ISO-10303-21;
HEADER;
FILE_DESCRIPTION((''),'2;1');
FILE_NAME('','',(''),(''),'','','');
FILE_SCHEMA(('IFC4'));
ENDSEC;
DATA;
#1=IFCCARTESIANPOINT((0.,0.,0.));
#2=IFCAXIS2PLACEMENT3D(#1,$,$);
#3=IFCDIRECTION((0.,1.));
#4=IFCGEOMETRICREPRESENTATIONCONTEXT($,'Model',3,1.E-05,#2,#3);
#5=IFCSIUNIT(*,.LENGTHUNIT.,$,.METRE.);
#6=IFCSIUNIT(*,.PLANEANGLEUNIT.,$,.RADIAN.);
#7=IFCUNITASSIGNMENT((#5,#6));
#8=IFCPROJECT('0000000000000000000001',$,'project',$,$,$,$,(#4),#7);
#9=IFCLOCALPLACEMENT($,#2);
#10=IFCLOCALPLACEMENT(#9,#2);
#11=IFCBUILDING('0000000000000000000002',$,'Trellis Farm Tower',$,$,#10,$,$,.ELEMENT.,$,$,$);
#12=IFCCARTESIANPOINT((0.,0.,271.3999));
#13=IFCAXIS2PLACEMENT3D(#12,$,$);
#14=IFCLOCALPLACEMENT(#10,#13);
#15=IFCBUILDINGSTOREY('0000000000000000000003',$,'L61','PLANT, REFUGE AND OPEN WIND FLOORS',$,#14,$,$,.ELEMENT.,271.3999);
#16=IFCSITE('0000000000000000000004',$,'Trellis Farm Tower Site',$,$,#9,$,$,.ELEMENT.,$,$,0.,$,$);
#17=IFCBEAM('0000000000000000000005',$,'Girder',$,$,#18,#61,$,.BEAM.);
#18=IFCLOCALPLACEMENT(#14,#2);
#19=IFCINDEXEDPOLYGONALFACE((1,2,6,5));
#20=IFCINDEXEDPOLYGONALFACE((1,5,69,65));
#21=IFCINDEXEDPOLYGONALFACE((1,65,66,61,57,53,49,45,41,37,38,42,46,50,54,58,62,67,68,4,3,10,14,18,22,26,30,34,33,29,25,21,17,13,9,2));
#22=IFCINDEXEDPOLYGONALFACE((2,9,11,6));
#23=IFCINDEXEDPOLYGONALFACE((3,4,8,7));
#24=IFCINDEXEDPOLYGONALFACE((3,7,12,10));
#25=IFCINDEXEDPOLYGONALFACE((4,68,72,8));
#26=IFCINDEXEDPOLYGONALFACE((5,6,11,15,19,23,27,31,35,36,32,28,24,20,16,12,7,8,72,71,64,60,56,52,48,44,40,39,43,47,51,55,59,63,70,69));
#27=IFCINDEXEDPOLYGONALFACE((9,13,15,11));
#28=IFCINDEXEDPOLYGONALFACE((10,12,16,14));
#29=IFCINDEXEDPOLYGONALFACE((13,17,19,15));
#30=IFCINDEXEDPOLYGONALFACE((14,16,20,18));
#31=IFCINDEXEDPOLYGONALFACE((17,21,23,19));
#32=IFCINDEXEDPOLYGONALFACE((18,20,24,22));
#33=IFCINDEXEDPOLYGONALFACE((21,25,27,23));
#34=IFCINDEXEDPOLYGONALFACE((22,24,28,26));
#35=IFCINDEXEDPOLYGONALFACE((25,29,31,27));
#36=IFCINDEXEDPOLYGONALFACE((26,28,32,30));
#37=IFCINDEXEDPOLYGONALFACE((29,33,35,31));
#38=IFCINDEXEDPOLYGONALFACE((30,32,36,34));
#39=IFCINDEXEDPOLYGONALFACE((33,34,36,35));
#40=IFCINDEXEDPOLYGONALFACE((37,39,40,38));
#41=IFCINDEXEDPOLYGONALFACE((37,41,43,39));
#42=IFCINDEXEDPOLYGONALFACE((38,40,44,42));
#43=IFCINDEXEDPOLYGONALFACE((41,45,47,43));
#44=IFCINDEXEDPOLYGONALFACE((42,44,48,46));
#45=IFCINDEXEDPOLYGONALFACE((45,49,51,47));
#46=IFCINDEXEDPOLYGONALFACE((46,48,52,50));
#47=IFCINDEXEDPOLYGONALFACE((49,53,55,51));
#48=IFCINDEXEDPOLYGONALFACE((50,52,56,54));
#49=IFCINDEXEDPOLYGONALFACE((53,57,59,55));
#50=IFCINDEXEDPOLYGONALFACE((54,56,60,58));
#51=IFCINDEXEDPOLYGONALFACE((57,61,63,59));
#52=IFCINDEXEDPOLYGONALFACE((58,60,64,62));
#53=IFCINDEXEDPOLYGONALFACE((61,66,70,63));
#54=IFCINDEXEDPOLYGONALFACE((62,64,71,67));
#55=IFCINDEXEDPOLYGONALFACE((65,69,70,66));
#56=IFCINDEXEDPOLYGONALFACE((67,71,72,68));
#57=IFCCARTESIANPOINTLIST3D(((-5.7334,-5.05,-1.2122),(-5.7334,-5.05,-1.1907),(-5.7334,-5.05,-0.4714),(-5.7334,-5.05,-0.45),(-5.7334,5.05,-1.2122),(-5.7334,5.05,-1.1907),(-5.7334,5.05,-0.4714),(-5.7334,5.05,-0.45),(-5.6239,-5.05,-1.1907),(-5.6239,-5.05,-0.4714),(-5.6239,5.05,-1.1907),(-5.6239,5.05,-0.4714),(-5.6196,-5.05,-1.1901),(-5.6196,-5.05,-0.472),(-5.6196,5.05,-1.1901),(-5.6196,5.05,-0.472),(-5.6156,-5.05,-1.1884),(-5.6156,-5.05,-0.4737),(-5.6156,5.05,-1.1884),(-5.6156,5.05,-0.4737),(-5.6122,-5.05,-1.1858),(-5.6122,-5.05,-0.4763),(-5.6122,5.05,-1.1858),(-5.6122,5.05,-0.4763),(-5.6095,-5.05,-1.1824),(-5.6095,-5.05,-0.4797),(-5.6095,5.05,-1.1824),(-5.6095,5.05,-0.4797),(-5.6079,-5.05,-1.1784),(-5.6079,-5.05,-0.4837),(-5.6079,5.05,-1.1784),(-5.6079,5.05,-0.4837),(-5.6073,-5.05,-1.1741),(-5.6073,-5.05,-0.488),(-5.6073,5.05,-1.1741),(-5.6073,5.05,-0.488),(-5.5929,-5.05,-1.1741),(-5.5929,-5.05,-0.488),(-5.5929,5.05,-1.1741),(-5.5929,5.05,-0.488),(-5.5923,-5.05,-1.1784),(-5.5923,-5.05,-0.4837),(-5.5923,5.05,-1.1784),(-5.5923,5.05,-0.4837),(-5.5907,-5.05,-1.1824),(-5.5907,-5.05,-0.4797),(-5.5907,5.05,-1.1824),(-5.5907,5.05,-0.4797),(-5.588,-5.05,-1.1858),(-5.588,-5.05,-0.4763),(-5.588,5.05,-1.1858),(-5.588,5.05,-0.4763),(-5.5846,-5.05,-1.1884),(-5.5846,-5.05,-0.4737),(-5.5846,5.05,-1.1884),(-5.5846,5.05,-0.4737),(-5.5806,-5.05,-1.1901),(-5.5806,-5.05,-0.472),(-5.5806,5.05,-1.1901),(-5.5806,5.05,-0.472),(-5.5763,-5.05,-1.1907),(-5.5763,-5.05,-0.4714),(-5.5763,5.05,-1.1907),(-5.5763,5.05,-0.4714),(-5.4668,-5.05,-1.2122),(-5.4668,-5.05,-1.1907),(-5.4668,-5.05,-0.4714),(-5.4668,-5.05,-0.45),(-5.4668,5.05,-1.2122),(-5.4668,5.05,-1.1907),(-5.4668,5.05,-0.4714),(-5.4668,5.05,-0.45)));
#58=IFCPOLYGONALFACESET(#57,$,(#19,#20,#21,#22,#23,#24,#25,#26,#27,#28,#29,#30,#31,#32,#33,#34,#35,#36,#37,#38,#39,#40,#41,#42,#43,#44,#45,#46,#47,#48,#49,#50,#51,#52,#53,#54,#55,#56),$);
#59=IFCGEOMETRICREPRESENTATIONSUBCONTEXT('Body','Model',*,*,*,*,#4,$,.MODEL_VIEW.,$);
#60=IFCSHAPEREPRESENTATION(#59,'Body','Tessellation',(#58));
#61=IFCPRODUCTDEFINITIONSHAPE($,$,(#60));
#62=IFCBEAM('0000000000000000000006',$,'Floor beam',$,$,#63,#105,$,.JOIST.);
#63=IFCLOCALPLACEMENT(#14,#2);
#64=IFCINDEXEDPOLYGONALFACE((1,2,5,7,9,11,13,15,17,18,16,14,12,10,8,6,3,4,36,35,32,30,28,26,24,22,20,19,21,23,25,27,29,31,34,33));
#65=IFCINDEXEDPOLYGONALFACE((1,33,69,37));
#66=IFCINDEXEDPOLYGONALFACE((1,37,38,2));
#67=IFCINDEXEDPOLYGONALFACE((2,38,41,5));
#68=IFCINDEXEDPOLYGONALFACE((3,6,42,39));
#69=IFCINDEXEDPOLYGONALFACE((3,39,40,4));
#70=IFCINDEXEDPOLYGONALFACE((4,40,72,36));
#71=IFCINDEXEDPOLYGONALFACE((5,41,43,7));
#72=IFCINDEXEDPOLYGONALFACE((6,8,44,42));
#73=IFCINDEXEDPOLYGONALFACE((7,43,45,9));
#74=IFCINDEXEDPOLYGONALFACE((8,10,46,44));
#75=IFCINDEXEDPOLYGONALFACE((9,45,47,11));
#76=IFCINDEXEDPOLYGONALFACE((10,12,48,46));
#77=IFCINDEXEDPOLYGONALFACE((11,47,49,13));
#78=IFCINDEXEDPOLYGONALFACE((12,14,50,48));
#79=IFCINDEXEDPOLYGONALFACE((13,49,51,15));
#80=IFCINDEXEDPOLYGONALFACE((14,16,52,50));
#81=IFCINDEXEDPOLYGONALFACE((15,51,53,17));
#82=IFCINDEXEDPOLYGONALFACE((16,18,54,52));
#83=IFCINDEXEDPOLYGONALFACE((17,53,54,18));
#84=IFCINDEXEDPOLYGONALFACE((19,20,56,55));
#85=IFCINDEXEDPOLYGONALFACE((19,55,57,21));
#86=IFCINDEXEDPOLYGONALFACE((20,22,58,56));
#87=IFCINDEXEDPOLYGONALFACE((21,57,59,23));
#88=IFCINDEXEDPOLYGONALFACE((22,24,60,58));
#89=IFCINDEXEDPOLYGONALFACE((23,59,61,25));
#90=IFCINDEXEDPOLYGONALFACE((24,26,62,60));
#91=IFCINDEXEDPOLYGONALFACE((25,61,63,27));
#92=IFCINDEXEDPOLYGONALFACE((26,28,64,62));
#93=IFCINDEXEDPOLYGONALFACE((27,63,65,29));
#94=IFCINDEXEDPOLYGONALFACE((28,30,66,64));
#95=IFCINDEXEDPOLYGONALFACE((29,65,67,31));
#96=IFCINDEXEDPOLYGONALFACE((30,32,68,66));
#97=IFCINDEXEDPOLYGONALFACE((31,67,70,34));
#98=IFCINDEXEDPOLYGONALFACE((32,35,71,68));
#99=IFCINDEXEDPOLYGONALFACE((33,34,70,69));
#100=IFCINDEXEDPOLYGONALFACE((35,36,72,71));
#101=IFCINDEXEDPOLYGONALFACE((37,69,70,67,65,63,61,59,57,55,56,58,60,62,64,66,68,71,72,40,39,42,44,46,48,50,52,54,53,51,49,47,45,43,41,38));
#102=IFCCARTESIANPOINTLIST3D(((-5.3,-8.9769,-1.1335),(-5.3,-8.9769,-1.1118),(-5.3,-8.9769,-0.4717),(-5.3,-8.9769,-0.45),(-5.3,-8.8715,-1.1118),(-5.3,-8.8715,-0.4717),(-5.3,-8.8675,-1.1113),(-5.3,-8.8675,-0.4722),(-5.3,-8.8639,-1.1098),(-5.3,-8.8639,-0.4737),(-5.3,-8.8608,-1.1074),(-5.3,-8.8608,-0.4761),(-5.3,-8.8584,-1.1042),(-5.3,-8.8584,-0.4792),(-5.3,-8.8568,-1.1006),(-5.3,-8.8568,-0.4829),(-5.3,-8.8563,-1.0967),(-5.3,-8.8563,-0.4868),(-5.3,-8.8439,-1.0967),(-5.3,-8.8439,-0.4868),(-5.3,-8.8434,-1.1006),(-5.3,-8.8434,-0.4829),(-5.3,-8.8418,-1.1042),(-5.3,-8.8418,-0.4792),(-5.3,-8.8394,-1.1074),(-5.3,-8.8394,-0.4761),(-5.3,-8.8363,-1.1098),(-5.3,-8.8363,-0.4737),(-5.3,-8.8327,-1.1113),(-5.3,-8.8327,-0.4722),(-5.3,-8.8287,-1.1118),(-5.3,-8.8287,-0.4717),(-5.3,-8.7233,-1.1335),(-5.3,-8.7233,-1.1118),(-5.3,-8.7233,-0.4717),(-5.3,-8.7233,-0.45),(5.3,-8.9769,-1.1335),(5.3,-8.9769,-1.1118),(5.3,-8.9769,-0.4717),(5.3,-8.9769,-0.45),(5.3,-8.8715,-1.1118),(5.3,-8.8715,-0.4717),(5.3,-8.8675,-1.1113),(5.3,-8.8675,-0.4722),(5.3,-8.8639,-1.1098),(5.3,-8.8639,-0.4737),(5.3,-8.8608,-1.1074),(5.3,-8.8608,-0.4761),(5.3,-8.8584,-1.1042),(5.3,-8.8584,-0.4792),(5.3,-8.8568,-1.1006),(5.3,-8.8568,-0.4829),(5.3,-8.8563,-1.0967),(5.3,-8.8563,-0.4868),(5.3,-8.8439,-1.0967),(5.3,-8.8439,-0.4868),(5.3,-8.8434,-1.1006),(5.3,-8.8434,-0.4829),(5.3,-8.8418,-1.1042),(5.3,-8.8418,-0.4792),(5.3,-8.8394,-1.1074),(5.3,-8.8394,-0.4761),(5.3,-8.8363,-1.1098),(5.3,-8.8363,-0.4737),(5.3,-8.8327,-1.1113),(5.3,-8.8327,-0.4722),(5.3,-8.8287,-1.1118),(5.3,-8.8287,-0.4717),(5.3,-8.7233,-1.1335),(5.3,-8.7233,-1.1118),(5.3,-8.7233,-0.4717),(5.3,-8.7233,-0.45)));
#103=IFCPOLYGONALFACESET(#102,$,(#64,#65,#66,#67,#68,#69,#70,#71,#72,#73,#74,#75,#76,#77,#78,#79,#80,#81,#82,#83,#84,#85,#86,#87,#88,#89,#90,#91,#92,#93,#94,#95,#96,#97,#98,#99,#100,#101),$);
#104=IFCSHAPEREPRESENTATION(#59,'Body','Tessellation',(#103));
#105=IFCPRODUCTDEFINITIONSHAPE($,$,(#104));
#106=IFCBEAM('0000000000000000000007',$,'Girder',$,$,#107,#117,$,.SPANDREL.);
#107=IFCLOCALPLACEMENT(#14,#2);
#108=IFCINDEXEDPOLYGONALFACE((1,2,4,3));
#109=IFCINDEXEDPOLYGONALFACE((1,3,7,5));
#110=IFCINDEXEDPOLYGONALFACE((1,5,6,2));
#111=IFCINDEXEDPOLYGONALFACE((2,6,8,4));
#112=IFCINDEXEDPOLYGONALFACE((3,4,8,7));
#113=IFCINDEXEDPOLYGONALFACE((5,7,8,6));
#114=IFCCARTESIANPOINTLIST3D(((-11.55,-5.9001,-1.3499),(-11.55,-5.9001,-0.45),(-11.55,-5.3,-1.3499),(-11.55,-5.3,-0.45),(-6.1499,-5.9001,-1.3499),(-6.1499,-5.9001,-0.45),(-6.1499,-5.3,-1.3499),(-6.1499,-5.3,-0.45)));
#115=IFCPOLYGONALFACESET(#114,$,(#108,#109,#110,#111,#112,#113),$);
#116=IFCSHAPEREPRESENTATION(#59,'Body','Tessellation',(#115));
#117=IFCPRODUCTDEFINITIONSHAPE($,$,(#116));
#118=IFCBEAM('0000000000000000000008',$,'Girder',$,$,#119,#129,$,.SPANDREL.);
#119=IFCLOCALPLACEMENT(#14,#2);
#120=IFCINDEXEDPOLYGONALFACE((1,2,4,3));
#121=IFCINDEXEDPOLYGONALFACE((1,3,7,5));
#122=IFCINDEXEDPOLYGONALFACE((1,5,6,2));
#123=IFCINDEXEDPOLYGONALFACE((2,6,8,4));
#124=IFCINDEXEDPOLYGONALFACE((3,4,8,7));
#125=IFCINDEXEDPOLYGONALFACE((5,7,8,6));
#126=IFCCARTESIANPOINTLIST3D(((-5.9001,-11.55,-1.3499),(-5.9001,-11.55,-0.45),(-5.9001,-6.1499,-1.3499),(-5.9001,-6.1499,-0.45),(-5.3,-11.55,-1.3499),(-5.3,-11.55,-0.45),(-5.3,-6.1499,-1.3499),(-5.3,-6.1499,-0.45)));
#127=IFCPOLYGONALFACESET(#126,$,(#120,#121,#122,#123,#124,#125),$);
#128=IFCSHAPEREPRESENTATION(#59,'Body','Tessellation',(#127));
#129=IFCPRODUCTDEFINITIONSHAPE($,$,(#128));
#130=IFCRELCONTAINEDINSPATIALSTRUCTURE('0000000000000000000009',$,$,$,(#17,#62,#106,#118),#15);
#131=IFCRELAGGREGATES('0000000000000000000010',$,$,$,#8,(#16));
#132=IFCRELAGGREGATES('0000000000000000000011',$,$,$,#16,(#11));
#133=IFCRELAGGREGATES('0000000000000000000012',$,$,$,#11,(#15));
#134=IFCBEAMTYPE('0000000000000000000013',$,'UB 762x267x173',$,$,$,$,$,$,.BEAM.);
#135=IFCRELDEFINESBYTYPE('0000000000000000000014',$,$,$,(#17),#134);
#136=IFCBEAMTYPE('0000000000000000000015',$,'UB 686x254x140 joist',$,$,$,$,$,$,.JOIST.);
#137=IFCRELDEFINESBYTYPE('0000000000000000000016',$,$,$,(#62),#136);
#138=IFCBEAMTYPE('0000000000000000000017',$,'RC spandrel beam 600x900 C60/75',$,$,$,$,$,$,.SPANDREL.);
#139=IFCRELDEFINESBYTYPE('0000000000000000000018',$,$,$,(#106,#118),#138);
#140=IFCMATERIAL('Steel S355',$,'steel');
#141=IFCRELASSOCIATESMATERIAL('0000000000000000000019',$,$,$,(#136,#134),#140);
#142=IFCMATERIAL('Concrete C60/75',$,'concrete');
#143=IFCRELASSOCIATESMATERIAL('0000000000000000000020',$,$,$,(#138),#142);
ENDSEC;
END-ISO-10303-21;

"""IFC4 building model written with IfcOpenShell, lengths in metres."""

from ifc_helpers import new_model, si_unit, direction, frame, origin, origin_2d, place, context, subcontext, project, spatial, rectangle, i_section, extrude, source, transform, mapped, material, material_profile, profile_set, type_object, element, save


model = new_model("IFC4")

# Units and contexts
model_context = context("Model", 3, precision=1e-05, world=origin(), true_north=direction((0.0, 1.0)))
body_context = subcontext(model_context, "Body", "Model", "MODEL_VIEW")
ifc_project = project(units=[si_unit("LENGTHUNIT", "METRE"), si_unit("PLANEANGLEUNIT", "RADIAN")], contexts=[model_context])

# Site, building, storey
site_placement = place(None, origin())
site = spatial("IfcSite", under=ifc_project, at=site_placement, Name="Trellis Farm Tower Site", CompositionType="ELEMENT", RefElevation=0.0)
building_placement = place(site_placement, origin())
building = spatial("IfcBuilding", under=site, at=building_placement, Name="Trellis Farm Tower", CompositionType="ELEMENT")
storey_placement = place(building_placement, frame((0.0, 0.0, 271.3999)))
storey = spatial("IfcBuildingStorey", under=building, at=storey_placement, Name="L61", Description="PLANT, REFUGE AND OPEN WIND FLOORS", CompositionType="ELEMENT", Elevation=271.3999)

# Shared definitions
ifc_material_1 = material(Name="Concrete C60/75", Category="concrete")

# Beams
ifc_material_2 = material(Name="Steel S355", Category="steel")
ifc_material_profile_1 = material_profile(ifc_material_2, i_section(OverallWidth=0.2537, OverallDepth=0.6836, WebThickness=0.0125, FlangeThickness=0.0217, FilletRadius=0.0151, at=origin_2d()), Name="UB 686x254x140")
ifc_profile_set_1 = profile_set([ifc_material_profile_1], Name="Steel S355")
beam_type_1 = type_object("IfcBeamType", Name="UB 686x254x140 joist", PredefinedType="JOIST", material=ifc_profile_set_1)
ifc_material_profile_2 = material_profile(ifc_material_2, i_section(OverallWidth=0.2666, OverallDepth=0.7622, WebThickness=0.0144, FlangeThickness=0.0215, FilletRadius=0.0166, at=origin_2d()), Name="UB 762x267x173")
ifc_profile_set_2 = profile_set([ifc_material_profile_2], Name="Steel S355")
beam_type_2 = type_object("IfcBeamType", Name="UB 762x267x173", PredefinedType="BEAM", material=ifc_profile_set_2)
shared_shape_1 = source(origin(), body_context, "Body", "SweptSolid", [
    extrude(i_section(OverallWidth=0.2666, OverallDepth=0.7622, WebThickness=0.0144, FlangeThickness=0.0215, FilletRadius=0.0166, at=origin_2d()), origin(), (0.0, 0.0, 1.0), 10.1001),
])
for number, where, z_axis, x_axis, name in (
    (1, (-5.6001, -5.05, -0.8311), (0.0, 1.0, 0.0), (-1.0, 0.0, 0.0), "Girder"),
):
    element("IfcBeam", number, at=place(storey_placement, frame(where, z_axis=z_axis, x_axis=x_axis)), inside=storey, type_object=beam_type_2, Name=name, PredefinedType="BEAM", context=body_context, shape_type="MappedRepresentation", body=[
        mapped(shared_shape_1, transform((0.0, 0.0, 0.0))),
    ])
shared_shape_2 = source(origin(), body_context, "Body", "SweptSolid", [
    extrude(i_section(OverallWidth=0.2537, OverallDepth=0.6836, WebThickness=0.0125, FlangeThickness=0.0217, FilletRadius=0.0151, at=origin_2d()), origin(), (0.0, 0.0, 1.0), 10.6001),
])
beam_1_placement = place(storey_placement, frame((-5.3, -8.8501, -0.7917), z_axis=(1.0, 0.0, 0.0), x_axis=(0.0, 1.0, 0.0)))
element("IfcBeam", 2, at=beam_1_placement, inside=storey, type_object=beam_type_1, Name="Floor beam", PredefinedType="JOIST", context=body_context, shape_type="MappedRepresentation", body=[
    mapped(shared_shape_2, transform((0.0, 0.0, 0.0))),
])
ifc_material_profile_3 = material_profile(ifc_material_1, rectangle(XDim=0.6001, YDim=0.8999, at=origin_2d()), Name="RC spandrel beam 600x900 C60/75")
ifc_profile_set_3 = profile_set([ifc_material_profile_3], Name="Concrete C60/75")
beam_type_3 = type_object("IfcBeamType", Name="RC spandrel beam 600x900 C60/75", PredefinedType="SPANDREL", material=ifc_profile_set_3)
shared_shape_3 = source(origin(), body_context, "Body", "SweptSolid", [
    extrude(rectangle(XDim=0.6001, YDim=0.8999, at=origin_2d()), origin(), (0.0, 0.0, 1.0), 5.4001),
])
for number, where, z_axis, x_axis, name in (
    (3, (-11.55, -5.6001, -0.8999), (1.0, 0.0, 0.0), (0.0, 1.0, 0.0), "Girder"),
    (4, (-5.6001, -11.55, -0.8999), (0.0, 1.0, 0.0), (-1.0, 0.0, 0.0), "Girder"),
):
    element("IfcBeam", number, at=place(storey_placement, frame(where, z_axis=z_axis, x_axis=x_axis)), inside=storey, type_object=beam_type_3, Name=name, PredefinedType="SPANDREL", context=body_context, shape_type="MappedRepresentation", body=[
        mapped(shared_shape_3, transform((0.0, 0.0, 0.0))),
    ])

save(model, "model.ifc")
